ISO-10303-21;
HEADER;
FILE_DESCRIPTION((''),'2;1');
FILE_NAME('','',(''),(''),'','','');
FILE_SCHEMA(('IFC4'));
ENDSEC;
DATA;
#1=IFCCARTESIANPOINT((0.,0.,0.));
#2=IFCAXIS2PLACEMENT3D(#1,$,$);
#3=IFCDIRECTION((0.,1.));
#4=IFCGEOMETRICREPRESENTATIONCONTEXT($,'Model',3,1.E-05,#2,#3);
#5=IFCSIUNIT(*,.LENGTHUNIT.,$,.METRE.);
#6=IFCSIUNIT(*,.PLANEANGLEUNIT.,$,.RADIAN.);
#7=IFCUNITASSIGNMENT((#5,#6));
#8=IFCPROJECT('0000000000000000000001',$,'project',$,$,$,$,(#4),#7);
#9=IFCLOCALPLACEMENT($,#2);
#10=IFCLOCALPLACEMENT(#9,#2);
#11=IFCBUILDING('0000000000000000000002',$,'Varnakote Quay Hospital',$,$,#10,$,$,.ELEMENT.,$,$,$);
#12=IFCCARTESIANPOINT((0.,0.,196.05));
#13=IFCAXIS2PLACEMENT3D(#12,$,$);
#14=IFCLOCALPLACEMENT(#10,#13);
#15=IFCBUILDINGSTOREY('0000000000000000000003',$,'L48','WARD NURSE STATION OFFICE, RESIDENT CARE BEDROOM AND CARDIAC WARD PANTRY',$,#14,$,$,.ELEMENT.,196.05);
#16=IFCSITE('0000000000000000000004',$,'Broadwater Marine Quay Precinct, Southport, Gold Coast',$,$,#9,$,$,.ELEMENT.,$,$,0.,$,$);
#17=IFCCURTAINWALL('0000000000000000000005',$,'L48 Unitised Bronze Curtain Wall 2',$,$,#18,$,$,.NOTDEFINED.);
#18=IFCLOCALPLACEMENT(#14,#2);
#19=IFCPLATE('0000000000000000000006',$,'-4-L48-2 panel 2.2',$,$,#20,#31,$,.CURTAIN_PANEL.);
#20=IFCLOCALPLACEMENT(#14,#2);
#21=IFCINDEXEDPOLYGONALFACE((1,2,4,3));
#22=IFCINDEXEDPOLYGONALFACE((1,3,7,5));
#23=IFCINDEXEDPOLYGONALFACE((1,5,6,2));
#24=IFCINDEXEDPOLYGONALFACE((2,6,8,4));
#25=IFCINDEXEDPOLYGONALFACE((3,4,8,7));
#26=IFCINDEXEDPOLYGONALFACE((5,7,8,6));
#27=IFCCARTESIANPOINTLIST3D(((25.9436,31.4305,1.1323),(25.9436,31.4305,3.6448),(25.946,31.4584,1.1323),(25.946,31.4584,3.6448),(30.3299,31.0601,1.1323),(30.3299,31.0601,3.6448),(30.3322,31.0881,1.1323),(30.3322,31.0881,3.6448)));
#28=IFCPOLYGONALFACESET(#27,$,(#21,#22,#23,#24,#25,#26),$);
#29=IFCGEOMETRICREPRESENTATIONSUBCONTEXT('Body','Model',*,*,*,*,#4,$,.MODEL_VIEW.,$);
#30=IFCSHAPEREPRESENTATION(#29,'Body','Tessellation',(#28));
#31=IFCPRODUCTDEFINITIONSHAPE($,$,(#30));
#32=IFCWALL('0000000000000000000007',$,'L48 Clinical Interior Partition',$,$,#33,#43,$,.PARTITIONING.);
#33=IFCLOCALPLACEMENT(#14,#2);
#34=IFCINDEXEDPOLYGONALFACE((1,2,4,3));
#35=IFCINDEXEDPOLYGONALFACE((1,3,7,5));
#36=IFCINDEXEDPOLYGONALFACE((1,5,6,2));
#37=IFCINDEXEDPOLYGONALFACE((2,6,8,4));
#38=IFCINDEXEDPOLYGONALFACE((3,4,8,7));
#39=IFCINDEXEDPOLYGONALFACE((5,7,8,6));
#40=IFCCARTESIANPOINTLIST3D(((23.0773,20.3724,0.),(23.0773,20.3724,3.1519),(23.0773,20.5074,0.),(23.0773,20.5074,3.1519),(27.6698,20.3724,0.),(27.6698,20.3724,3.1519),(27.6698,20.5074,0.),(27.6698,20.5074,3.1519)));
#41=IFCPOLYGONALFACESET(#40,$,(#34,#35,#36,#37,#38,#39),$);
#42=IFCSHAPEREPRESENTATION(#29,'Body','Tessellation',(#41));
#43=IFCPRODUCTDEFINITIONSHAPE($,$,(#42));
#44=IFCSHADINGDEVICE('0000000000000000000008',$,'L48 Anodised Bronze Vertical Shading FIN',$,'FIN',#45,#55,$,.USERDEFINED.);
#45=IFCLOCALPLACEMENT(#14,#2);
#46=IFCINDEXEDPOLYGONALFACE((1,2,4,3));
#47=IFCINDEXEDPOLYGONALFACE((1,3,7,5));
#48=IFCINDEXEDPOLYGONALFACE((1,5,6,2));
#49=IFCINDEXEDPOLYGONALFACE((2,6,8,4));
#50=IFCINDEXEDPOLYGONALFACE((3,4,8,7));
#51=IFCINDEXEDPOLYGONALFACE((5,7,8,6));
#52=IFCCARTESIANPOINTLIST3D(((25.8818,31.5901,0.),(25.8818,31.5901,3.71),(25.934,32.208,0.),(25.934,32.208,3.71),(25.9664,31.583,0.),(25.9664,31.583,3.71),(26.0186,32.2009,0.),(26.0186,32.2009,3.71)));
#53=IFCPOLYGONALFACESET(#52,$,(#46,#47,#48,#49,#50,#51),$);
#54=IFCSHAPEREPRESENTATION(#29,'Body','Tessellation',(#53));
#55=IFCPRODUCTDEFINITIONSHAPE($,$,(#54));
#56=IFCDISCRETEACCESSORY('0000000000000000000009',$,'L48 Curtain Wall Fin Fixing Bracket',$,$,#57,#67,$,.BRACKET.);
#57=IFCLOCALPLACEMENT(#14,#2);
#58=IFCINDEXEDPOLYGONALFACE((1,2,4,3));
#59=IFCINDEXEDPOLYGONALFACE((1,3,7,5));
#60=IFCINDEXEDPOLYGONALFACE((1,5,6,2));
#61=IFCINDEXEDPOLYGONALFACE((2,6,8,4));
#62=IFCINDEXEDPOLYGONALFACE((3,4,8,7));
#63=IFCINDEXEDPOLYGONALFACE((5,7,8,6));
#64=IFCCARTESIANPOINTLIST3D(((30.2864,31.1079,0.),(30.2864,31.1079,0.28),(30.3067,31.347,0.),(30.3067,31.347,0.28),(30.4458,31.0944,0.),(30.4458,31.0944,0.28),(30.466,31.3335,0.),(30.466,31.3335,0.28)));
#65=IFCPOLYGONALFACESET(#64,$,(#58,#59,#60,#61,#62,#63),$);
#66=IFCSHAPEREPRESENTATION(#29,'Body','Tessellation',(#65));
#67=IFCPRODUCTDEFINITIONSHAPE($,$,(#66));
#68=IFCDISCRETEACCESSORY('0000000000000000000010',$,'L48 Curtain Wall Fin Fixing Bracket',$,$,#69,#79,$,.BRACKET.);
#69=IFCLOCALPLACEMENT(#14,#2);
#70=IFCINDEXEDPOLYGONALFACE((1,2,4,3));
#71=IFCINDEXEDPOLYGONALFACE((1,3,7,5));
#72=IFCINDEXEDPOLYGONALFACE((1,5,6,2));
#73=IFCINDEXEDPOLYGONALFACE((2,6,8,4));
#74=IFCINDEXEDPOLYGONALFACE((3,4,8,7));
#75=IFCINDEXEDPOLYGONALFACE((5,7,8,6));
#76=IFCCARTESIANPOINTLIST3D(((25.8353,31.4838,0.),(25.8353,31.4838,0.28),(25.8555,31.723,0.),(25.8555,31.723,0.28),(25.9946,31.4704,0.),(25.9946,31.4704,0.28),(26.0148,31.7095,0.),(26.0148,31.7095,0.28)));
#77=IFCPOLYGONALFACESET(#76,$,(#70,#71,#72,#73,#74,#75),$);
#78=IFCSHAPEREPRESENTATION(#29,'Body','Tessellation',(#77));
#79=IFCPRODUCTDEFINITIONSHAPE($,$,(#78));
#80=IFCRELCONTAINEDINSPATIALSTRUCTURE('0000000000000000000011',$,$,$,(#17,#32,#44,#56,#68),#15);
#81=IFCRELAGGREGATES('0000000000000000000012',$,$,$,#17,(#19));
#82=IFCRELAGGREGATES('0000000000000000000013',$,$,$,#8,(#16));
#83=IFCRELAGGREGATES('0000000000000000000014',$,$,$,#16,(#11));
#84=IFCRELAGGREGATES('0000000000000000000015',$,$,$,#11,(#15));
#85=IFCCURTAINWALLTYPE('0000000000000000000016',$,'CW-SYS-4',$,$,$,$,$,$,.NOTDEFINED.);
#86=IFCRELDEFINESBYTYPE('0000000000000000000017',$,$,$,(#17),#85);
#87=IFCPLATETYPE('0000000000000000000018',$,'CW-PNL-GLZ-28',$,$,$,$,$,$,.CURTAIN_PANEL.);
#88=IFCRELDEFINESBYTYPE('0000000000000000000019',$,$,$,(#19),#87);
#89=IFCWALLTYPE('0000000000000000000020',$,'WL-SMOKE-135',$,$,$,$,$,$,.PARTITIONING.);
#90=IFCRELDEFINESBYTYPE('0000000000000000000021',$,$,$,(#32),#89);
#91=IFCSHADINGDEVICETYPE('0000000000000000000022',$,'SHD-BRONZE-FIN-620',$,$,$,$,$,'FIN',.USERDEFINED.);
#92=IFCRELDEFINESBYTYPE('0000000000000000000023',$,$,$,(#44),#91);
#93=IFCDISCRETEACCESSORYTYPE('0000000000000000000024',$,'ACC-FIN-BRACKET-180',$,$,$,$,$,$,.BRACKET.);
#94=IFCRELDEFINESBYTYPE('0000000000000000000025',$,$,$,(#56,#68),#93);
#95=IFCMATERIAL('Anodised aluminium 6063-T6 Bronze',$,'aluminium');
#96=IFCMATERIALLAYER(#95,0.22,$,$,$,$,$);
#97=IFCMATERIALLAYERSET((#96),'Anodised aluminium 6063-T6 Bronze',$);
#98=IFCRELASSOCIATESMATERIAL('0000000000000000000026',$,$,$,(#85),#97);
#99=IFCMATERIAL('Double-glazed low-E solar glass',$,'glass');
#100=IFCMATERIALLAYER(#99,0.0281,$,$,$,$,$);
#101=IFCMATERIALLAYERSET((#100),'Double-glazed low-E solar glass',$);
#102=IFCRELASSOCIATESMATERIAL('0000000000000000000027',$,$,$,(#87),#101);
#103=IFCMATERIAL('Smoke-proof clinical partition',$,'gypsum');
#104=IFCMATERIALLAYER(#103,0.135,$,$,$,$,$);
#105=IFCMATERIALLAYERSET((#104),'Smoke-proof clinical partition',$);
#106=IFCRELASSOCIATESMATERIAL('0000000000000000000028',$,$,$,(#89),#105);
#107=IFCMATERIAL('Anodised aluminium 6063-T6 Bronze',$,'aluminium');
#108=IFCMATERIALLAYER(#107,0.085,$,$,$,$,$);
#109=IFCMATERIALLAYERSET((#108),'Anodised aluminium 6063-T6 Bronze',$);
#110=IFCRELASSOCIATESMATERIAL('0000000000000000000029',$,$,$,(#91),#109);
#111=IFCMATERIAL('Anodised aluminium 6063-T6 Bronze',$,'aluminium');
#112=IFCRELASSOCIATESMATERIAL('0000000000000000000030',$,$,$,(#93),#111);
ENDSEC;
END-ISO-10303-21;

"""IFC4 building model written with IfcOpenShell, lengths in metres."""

from ifc_helpers import new_model, si_unit, direction, frame, frame_2d, origin, origin_2d, place, context, subcontext, project, spatial, rectangle, extrude, material, layer, layer_set, type_object, element, aggregate, save


model = new_model("IFC4")

# Units and contexts
model_context = context("Model", 3, precision=1e-05, world=origin(), true_north=direction((0.0, 1.0)))
body_context = subcontext(model_context, "Body", "Model", "MODEL_VIEW")
ifc_project = project(units=[si_unit("LENGTHUNIT", "METRE"), si_unit("PLANEANGLEUNIT", "RADIAN")], contexts=[model_context])

# Site, building, storey
site_placement = place(None, origin())
site = spatial("IfcSite", under=ifc_project, at=site_placement, Name="Broadwater Marine Quay Precinct, Southport, Gold Coast", CompositionType="ELEMENT", RefElevation=0.0)
building_placement = place(site_placement, origin())
building = spatial("IfcBuilding", under=site, at=building_placement, Name="Varnakote Quay Hospital", CompositionType="ELEMENT")
storey_placement = place(building_placement, frame((0.0, 0.0, 196.05)))
storey = spatial("IfcBuildingStorey", under=building, at=storey_placement, Name="L48", Description="WARD NURSE STATION OFFICE, RESIDENT CARE BEDROOM AND CARDIAC WARD PANTRY", CompositionType="ELEMENT", Elevation=196.05)

# Curtain wall
ifc_material_1 = material(Name="Anodised aluminium 6063-T6 Bronze", Category="aluminium")
ifc_layer_1 = layer(ifc_material_1, 0.22)
ifc_layer_set_1 = layer_set([ifc_layer_1], Name="Anodised aluminium 6063-T6 Bronze")
curtain_wall_type = type_object("IfcCurtainWallType", Name="CW-SYS-4", PredefinedType="NOTDEFINED", material=ifc_layer_set_1)
curtain_wall_placement = place(storey_placement, origin())
curtain_wall = element("IfcCurtainWall", 1, at=curtain_wall_placement, inside=storey, type_object=curtain_wall_type, Name="L48 Unitised Bronze Curtain Wall 2", PredefinedType="NOTDEFINED")

# Plate
ifc_material_2 = material(Name="Double-glazed low-E solar glass", Category="glass")
ifc_layer_2 = layer(ifc_material_2, 0.0281)
ifc_layer_set_2 = layer_set([ifc_layer_2], Name="Double-glazed low-E solar glass")
plate_type = type_object("IfcPlateType", Name="CW-PNL-GLZ-28", PredefinedType="CURTAIN_PANEL", material=ifc_layer_set_2)
plate_1_placement = place(storey_placement, frame((28.1379, 31.2593, 1.1323), z_axis=(0.0, 0.0, 1.0), x_axis=(-0.996454, 0.084136, 0.0)))
plate_1 = element("IfcPlate", 2, at=plate_1_placement, type_object=plate_type, Name="-4-L48-2 panel 2.2", PredefinedType="CURTAIN_PANEL", context=body_context, shape_type="SweptSolid", body=[
    extrude(rectangle(XDim=4.4019, YDim=0.0281, at=origin_2d()), origin(), (0.0, 0.0, 1.0), 2.5125),
])
aggregate(curtain_wall, [plate_1])

# Wall
ifc_material_3 = material(Name="Smoke-proof clinical partition", Category="gypsum")
ifc_layer_3 = layer(ifc_material_3, 0.135)
ifc_layer_set_3 = layer_set([ifc_layer_3], Name="Smoke-proof clinical partition")
wall_type = type_object("IfcWallType", Name="WL-SMOKE-135", PredefinedType="PARTITIONING", material=ifc_layer_set_3)
wall_placement = place(storey_placement, frame((27.6699, 20.4399, 0.0), z_axis=(0.0, 0.0, 1.0), x_axis=(-1.0, 0.0, 0.0)))
element("IfcWall", 3, at=wall_placement, inside=storey, type_object=wall_type, Name="L48 Clinical Interior Partition", PredefinedType="PARTITIONING", context=body_context, shape_type="SweptSolid", body=[
    extrude(rectangle(XDim=4.5925, YDim=0.135, at=frame_2d((2.2964, 0.0))), origin(), (0.0, 0.0, 1.0), 3.1519),
])

# Shading device
ifc_material_4 = material(Name="Anodised aluminium 6063-T6 Bronze", Category="aluminium")
ifc_layer_4 = layer(ifc_material_4, 0.085)
ifc_layer_set_4 = layer_set([ifc_layer_4], Name="Anodised aluminium 6063-T6 Bronze")
shading_device_type = type_object("IfcShadingDeviceType", Name="SHD-BRONZE-FIN-620", ElementType="FIN", PredefinedType="USERDEFINED", material=ifc_layer_set_4)
shading_device_placement = place(storey_placement, frame((25.9502, 31.8955, 0.0), z_axis=(0.0, 0.0, 1.0), x_axis=(-0.0842, -0.996449, 0.0)))
element("IfcShadingDevice", 4, at=shading_device_placement, inside=storey, type_object=shading_device_type, Name="L48 Anodised Bronze Vertical Shading FIN", ObjectType="FIN", PredefinedType="USERDEFINED", context=body_context, shape_type="SweptSolid", body=[
    extrude(rectangle(XDim=0.6201, YDim=0.085, at=origin_2d()), origin(), (0.0, 0.0, 1.0), 3.71),
])

# Discrete accessories
ifc_material_5 = material(Name="Anodised aluminium 6063-T6 Bronze", Category="aluminium")
discrete_accessory_type = type_object("IfcDiscreteAccessoryType", Name="ACC-FIN-BRACKET-180", PredefinedType="BRACKET", material=ifc_material_5)
for number, where, z_axis, x_axis, name in (
    (5, (30.3762, 31.2207, 0.0), (0.0, 0.0, 1.0), (-0.996449, 0.0842, 0.0), "L48 Curtain Wall Fin Fixing Bracket"),
    (6, (25.925, 31.5967, 0.0), (0.0, 0.0, 1.0), (-0.996449, 0.0842, 0.0), "L48 Curtain Wall Fin Fixing Bracket"),
):
    element("IfcDiscreteAccessory", number, at=place(storey_placement, frame(where, z_axis=z_axis, x_axis=x_axis)), inside=storey, type_object=discrete_accessory_type, Name=name, PredefinedType="BRACKET", context=body_context, shape_type="SweptSolid", body=[
        extrude(rectangle(XDim=0.1599, YDim=0.24, at=origin_2d()), origin(), (0.0, 0.0, 1.0), 0.28),
    ])

save(model, "model.ifc")
